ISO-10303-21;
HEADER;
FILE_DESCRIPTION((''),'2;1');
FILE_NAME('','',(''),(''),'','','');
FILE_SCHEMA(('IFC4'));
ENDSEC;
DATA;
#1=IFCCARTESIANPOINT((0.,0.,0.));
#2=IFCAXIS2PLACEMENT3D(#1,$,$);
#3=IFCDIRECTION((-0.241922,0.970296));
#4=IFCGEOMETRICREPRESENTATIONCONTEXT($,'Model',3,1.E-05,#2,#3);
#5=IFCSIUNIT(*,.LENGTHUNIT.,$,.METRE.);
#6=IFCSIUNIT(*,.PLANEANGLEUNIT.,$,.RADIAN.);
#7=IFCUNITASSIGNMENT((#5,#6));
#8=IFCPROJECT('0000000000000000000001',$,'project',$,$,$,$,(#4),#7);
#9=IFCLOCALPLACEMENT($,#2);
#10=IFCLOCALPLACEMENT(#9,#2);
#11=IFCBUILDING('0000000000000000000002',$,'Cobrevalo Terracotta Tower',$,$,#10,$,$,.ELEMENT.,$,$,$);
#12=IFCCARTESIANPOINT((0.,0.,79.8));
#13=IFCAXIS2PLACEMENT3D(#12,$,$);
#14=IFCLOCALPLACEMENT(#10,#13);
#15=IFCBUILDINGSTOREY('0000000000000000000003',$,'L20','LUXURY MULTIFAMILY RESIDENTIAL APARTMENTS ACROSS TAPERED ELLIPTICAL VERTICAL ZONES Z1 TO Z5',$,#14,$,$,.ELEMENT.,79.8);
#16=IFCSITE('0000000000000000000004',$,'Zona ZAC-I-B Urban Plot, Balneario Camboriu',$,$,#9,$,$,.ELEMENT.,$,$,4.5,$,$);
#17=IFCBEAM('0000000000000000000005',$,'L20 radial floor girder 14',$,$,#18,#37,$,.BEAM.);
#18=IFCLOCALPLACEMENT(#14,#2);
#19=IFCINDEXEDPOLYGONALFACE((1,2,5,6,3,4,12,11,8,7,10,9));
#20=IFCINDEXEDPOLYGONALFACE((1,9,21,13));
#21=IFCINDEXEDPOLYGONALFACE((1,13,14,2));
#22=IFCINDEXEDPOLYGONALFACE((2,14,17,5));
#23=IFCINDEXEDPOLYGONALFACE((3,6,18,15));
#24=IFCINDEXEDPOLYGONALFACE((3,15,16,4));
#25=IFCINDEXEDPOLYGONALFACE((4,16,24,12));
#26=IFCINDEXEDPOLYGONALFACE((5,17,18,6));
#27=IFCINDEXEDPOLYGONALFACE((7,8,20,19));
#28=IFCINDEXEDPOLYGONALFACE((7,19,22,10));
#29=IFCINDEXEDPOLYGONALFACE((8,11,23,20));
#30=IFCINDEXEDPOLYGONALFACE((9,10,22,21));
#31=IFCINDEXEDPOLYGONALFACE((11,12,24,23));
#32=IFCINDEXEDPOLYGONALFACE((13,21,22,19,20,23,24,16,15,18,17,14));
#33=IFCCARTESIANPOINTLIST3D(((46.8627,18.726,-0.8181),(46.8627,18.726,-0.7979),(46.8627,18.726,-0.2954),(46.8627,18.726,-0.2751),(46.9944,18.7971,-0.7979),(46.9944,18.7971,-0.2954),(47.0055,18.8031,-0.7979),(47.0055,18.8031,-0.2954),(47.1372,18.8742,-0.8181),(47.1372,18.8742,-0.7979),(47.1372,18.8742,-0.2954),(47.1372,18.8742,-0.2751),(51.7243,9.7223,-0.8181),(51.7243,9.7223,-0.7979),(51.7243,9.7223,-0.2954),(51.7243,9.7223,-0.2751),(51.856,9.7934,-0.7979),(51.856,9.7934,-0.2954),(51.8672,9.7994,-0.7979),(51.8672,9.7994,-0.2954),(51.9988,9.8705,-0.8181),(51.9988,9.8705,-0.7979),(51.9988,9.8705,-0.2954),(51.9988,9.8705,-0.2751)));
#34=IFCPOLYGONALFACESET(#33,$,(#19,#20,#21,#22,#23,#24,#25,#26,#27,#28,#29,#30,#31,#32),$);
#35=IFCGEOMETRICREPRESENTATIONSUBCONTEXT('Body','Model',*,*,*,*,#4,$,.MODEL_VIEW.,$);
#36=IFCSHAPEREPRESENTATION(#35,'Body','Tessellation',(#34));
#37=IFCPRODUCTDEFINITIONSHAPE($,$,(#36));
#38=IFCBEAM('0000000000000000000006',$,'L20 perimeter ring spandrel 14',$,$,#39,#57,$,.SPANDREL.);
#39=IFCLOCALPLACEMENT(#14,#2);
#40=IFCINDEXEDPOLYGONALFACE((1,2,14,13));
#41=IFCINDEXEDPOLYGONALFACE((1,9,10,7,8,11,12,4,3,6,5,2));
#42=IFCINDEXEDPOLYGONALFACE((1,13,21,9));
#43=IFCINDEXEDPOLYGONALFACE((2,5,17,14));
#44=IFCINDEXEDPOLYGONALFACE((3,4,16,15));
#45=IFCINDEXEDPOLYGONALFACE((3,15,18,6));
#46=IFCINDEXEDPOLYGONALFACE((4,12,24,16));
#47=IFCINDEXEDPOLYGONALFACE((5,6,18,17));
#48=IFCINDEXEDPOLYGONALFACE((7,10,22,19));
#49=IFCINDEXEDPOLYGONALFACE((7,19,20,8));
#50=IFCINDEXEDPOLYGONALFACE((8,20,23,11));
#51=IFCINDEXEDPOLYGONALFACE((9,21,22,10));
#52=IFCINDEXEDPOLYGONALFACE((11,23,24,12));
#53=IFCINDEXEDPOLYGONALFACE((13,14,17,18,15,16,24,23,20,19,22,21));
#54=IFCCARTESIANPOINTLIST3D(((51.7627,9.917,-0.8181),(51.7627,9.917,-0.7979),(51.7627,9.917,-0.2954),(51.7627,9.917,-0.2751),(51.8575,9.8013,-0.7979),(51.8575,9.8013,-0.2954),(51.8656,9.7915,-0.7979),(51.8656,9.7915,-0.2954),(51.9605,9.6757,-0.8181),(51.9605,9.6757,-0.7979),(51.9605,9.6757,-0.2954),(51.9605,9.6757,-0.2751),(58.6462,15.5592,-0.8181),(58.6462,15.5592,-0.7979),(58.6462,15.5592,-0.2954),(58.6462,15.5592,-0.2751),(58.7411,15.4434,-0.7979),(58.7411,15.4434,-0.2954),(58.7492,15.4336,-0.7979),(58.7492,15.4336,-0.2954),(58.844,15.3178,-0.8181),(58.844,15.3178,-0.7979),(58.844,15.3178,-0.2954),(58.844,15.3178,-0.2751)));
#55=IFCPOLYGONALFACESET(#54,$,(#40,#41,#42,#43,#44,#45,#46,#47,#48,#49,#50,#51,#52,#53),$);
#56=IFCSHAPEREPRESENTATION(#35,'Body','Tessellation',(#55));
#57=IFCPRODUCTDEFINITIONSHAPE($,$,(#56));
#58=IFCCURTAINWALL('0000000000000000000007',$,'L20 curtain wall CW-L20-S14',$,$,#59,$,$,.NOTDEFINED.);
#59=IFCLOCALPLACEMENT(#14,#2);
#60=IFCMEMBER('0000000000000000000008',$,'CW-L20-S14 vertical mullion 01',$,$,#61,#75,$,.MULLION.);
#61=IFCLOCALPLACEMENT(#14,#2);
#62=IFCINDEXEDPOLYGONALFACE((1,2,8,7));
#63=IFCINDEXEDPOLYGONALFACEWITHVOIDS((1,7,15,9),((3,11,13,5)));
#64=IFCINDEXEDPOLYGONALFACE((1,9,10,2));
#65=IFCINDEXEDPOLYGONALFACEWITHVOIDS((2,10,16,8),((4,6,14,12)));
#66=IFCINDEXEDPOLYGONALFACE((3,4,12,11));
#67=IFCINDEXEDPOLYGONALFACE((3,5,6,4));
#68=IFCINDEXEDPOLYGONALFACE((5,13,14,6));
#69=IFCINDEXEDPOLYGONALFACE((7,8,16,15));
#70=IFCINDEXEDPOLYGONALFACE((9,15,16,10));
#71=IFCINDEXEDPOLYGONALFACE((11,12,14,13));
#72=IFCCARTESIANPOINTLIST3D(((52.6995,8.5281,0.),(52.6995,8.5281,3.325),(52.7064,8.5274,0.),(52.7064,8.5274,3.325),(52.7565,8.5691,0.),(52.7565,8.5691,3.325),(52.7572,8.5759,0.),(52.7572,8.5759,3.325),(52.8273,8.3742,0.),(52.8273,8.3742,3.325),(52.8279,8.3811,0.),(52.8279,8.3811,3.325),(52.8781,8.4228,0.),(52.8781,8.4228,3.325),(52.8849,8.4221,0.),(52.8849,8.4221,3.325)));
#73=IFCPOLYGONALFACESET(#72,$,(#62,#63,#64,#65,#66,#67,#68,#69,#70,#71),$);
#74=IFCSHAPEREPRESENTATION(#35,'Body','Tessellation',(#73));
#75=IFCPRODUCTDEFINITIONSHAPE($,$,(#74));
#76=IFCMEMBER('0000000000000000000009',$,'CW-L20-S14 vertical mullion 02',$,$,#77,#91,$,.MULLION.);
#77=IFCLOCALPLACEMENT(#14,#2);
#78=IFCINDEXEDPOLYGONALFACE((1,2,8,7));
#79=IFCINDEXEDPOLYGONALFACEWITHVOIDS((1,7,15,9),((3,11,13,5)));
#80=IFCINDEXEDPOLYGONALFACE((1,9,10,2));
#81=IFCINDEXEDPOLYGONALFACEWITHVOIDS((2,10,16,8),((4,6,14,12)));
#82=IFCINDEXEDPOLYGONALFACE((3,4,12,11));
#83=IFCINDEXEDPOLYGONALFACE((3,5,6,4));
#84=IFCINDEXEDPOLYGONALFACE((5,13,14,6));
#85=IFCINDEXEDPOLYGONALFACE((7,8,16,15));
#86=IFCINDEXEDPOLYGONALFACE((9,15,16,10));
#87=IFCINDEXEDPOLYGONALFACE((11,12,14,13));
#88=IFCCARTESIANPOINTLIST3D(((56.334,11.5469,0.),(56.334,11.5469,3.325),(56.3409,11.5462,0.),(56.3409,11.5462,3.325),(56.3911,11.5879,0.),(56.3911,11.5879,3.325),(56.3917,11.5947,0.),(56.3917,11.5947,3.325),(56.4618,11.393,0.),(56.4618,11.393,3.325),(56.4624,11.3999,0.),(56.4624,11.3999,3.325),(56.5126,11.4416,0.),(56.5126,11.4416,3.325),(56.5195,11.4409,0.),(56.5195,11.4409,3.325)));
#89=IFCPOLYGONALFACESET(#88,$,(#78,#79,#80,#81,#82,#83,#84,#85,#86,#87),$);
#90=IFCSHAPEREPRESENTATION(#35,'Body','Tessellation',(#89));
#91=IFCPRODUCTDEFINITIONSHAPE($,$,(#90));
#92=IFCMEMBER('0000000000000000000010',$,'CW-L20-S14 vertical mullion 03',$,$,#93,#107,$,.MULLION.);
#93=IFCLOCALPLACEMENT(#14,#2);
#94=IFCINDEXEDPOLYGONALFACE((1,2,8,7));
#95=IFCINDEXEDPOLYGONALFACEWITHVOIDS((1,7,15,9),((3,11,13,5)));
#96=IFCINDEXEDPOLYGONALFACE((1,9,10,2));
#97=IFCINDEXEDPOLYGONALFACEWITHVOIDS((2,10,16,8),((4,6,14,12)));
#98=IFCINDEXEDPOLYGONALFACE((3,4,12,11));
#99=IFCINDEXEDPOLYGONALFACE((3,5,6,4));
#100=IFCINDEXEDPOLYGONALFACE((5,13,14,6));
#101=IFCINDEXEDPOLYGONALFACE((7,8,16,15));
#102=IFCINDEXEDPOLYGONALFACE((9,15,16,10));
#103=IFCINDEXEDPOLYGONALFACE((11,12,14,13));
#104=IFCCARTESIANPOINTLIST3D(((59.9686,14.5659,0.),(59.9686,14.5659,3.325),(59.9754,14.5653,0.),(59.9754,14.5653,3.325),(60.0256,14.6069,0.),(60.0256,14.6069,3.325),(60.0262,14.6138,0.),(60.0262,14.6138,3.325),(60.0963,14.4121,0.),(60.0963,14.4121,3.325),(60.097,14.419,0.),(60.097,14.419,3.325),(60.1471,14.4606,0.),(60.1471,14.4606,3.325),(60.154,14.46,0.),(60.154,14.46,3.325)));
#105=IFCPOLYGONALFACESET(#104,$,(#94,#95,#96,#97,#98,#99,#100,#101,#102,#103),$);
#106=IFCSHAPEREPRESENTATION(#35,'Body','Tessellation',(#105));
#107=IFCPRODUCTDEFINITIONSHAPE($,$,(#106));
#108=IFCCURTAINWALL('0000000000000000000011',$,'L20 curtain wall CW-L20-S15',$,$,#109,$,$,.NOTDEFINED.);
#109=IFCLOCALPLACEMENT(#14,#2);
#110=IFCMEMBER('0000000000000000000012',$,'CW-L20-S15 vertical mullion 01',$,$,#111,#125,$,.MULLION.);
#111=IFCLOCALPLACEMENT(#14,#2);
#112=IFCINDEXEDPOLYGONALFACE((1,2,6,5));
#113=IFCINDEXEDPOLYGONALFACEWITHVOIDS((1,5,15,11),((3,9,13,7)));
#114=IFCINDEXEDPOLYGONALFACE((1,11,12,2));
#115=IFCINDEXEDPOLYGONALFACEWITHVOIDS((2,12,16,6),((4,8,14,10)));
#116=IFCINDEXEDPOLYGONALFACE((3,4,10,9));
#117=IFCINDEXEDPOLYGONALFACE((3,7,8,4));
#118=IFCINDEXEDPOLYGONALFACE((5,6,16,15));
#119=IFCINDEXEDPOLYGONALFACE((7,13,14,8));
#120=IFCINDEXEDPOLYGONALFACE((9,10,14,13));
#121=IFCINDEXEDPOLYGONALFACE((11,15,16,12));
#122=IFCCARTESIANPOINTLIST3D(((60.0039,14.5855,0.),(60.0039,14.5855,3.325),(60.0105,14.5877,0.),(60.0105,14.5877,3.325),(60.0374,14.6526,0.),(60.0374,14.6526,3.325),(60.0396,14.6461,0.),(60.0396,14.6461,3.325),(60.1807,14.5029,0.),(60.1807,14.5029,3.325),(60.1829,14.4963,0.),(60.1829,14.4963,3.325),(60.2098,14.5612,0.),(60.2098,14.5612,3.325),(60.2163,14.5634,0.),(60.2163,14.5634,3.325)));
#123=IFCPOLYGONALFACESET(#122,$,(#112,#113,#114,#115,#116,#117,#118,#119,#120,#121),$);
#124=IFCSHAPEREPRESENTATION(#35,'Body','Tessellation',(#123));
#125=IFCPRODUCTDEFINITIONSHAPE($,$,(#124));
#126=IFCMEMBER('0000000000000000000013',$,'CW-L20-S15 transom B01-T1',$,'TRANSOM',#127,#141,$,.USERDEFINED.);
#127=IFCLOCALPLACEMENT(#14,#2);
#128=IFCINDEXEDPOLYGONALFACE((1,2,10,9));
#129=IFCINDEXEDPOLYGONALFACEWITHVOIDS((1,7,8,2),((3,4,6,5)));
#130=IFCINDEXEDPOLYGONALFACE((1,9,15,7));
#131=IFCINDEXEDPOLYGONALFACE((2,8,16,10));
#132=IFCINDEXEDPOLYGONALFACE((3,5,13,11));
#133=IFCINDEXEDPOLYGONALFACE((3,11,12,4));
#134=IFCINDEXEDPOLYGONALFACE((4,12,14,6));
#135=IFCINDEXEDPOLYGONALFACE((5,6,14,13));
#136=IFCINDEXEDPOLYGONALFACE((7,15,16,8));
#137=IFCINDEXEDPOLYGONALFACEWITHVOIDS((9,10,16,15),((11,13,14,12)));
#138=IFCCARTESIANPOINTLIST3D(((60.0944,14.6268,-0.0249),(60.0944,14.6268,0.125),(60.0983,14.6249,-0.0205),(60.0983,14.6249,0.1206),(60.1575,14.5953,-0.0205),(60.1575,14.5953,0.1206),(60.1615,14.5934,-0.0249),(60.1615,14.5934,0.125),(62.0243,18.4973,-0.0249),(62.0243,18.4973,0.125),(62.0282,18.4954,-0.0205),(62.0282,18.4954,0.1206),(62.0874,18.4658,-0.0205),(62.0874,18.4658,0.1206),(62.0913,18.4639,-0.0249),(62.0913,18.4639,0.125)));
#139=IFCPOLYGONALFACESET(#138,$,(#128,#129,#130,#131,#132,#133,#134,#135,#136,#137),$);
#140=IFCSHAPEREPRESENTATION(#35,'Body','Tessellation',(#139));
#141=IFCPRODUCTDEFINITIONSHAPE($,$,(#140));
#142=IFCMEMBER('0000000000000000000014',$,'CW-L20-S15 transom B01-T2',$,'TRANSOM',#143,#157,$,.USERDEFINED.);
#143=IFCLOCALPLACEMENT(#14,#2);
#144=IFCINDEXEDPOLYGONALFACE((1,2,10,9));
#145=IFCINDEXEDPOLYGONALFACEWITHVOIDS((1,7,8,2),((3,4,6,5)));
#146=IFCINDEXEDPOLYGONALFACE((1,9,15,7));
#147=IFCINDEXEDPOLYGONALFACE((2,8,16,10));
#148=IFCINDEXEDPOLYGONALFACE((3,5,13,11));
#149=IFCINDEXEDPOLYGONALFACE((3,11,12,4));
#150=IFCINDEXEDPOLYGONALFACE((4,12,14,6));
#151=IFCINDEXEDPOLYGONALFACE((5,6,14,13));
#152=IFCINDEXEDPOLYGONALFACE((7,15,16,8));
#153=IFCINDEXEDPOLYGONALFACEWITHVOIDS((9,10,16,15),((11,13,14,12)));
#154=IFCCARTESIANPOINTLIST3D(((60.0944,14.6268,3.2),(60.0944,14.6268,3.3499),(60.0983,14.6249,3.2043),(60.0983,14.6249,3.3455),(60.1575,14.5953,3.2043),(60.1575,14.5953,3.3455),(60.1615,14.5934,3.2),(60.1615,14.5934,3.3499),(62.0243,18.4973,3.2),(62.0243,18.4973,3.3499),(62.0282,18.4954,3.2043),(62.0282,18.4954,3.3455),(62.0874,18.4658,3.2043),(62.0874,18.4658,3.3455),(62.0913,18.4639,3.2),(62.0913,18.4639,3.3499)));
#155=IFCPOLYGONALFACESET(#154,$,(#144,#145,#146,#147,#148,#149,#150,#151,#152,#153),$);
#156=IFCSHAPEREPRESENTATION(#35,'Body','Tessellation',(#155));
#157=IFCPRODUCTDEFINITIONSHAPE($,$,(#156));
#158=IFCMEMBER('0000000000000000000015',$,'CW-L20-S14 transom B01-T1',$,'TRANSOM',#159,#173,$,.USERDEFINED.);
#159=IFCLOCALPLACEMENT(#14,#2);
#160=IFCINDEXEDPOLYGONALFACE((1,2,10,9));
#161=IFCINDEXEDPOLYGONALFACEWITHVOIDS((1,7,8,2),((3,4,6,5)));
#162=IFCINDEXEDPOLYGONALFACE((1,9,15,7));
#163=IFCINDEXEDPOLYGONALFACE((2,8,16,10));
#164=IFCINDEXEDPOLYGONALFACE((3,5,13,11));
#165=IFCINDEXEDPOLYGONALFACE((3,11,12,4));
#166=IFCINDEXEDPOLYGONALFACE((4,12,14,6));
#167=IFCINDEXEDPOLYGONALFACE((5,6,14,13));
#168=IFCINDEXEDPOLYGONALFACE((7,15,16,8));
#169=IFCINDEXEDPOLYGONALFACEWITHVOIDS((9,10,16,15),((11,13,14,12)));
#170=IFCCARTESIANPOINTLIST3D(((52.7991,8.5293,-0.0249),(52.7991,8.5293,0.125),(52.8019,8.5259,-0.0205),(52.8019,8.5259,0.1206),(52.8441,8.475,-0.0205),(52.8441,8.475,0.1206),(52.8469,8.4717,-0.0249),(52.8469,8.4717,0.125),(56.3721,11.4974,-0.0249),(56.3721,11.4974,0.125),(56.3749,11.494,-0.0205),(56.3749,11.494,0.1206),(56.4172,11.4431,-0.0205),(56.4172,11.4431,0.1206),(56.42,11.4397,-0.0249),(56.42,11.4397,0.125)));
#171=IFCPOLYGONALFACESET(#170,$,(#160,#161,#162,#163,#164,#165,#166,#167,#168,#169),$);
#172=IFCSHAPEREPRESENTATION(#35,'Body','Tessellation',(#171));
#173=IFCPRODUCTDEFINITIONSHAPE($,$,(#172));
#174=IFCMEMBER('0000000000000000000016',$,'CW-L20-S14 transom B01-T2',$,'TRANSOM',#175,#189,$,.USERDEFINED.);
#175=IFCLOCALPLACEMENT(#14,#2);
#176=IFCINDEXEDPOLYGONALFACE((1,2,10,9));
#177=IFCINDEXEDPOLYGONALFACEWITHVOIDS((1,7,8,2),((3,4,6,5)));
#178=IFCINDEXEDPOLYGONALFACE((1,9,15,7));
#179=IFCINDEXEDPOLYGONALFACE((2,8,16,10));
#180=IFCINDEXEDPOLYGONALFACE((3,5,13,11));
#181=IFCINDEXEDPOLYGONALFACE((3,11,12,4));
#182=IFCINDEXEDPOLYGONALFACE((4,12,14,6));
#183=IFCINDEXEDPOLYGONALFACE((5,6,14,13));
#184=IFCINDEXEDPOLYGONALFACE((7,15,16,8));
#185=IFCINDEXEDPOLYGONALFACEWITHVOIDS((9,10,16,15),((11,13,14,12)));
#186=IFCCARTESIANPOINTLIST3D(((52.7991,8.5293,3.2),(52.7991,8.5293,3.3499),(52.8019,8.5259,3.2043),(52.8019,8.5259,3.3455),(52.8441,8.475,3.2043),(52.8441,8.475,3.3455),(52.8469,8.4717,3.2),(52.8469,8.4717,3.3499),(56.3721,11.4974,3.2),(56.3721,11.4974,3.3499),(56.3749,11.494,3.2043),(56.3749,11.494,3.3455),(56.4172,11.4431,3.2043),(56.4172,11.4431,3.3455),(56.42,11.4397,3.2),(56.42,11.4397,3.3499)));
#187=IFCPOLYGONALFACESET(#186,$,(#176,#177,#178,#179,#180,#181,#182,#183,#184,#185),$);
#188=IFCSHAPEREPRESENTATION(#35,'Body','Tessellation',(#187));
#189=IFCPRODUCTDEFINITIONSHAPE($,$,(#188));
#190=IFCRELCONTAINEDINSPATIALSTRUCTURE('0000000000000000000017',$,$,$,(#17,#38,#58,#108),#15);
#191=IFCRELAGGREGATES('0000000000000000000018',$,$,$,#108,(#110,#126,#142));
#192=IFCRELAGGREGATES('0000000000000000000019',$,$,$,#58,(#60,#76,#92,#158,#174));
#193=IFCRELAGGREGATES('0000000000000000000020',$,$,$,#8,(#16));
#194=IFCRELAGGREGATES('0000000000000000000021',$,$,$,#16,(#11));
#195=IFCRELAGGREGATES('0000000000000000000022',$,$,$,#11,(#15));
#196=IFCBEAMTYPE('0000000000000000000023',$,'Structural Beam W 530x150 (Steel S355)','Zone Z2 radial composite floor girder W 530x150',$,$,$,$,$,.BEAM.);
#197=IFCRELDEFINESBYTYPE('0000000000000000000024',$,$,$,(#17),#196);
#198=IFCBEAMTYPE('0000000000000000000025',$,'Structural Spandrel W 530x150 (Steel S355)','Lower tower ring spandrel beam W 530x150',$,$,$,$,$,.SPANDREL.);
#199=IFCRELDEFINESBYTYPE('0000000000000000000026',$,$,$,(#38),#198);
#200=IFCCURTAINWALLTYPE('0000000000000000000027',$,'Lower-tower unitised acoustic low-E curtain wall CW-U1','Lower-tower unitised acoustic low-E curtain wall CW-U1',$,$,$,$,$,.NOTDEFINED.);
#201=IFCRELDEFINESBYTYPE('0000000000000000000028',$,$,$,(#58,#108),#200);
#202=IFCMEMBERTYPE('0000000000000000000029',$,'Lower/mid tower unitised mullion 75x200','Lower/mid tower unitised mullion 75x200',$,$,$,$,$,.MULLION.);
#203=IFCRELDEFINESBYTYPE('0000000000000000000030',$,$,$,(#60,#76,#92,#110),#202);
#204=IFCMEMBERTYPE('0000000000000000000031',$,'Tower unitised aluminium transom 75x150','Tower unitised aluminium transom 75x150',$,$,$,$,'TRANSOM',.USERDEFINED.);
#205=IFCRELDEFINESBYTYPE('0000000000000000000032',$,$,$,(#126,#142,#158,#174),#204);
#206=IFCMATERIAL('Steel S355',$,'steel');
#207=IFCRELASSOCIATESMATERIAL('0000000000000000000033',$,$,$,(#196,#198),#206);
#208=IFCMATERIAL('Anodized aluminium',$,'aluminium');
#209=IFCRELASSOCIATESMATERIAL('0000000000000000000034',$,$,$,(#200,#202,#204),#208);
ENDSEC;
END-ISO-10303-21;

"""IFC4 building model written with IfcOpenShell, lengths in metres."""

from ifc_helpers import new_model, si_unit, direction, frame, origin, origin_2d, place, context, subcontext, project, spatial, hollow_rectangle, i_section, extrude, source, transform, mapped, material, material_profile, profile_set, type_object, element, aggregate, save


model = new_model("IFC4")

# Units and contexts
model_context = context("Model", 3, precision=1e-05, world=origin(), true_north=direction((-0.241922, 0.970296)))
body_context = subcontext(model_context, "Body", "Model", "MODEL_VIEW")
ifc_project = project(units=[si_unit("LENGTHUNIT", "METRE"), si_unit("PLANEANGLEUNIT", "RADIAN")], contexts=[model_context])

# Site, building, storey
site_placement = place(None, origin())
site = spatial("IfcSite", under=ifc_project, at=site_placement, Name="Zona ZAC-I-B Urban Plot, Balneario Camboriu", CompositionType="ELEMENT", RefElevation=4.5)
building_placement = place(site_placement, origin())
building = spatial("IfcBuilding", under=site, at=building_placement, Name="Cobrevalo Terracotta Tower", CompositionType="ELEMENT")
storey_placement = place(building_placement, frame((0.0, 0.0, 79.8)))
storey = spatial("IfcBuildingStorey", under=building, at=storey_placement, Name="L20", Description="LUXURY MULTIFAMILY RESIDENTIAL APARTMENTS ACROSS TAPERED ELLIPTICAL VERTICAL ZONES Z1 TO Z5", CompositionType="ELEMENT", Elevation=79.8)

# Shared definitions
ifc_material_1 = material(Name="Steel S355", Category="steel")

# Beams
ifc_material_profile_1 = material_profile(ifc_material_1, i_section(OverallWidth=0.312, OverallDepth=0.543, WebThickness=0.0127, FlangeThickness=0.0203, at=origin_2d()), Name="W 530x150")
ifc_profile_set_1 = profile_set([ifc_material_profile_1], Name="Steel S355")
beam_type_1 = type_object("IfcBeamType", Name="Structural Beam W 530x150 (Steel S355)", Description="Zone Z2 radial composite floor girder W 530x150", PredefinedType="BEAM", material=ifc_profile_set_1)
beam_1_placement = place(storey_placement, frame((51.8616, 9.7964, -0.5466), z_axis=(-0.475118, 0.879922, 0.0), x_axis=(-0.879922, -0.475118, 0.0)))
element("IfcBeam", 1, at=beam_1_placement, inside=storey, type_object=beam_type_1, Name="L20 radial floor girder 14", PredefinedType="BEAM", context=body_context, shape_type="SweptSolid", body=[
    extrude(i_section(OverallWidth=0.312, OverallDepth=0.543, WebThickness=0.0127, FlangeThickness=0.0203, at=origin_2d()), origin(), (0.0, 0.0, 1.0), 10.2324),
])
ifc_material_profile_2 = material_profile(ifc_material_1, i_section(OverallWidth=0.312, OverallDepth=0.543, WebThickness=0.0127, FlangeThickness=0.0203, at=origin_2d()), Name="W 530x150")
ifc_profile_set_2 = profile_set([ifc_material_profile_2], Name="Steel S355")
beam_type_2 = type_object("IfcBeamType", Name="Structural Spandrel W 530x150 (Steel S355)", Description="Lower tower ring spandrel beam W 530x150", PredefinedType="SPANDREL", material=ifc_profile_set_2)
beam_2_placement = place(storey_placement, frame((51.8616, 9.7964, -0.5466), z_axis=(0.773401, 0.633917, 0.0), x_axis=(-0.633917, 0.773401, 0.0)))
element("IfcBeam", 2, at=beam_2_placement, inside=storey, type_object=beam_type_2, Name="L20 perimeter ring spandrel 14", PredefinedType="SPANDREL", context=body_context, shape_type="SweptSolid", body=[
    extrude(i_section(OverallWidth=0.312, OverallDepth=0.543, WebThickness=0.0127, FlangeThickness=0.0203, at=origin_2d()), origin(), (0.0, 0.0, 1.0), 8.9004),
])

# Curtain walls, members
ifc_material_2 = material(Name="Anodized aluminium", Category="aluminium")
curtain_wall_type = type_object("IfcCurtainWallType", Name="Lower-tower unitised acoustic low-E curtain wall CW-U1", Description="Lower-tower unitised acoustic low-E curtain wall CW-U1", PredefinedType="NOTDEFINED", material=ifc_material_2)
curtain_wall_1_placement = place(storey_placement, origin())
curtain_wall_1 = element("IfcCurtainWall", 3, at=curtain_wall_1_placement, inside=storey, type_object=curtain_wall_type, Name="L20 curtain wall CW-L20-S14", PredefinedType="NOTDEFINED")
ifc_material_profile_3 = material_profile(ifc_material_2, hollow_rectangle(XDim=0.075, YDim=0.2, WallThickness=0.0049, at=origin_2d()), Name="CWM 75x200")
ifc_profile_set_3 = profile_set([ifc_material_profile_3], Name="Anodized aluminium")
member_type_1 = type_object("IfcMemberType", Name="Lower/mid tower unitised mullion 75x200", Description="Lower/mid tower unitised mullion 75x200", PredefinedType="MULLION", material=ifc_profile_set_3)
shared_shape_1 = source(origin(), body_context, "Body", "SweptSolid", [
    extrude(hollow_rectangle(XDim=0.075, YDim=0.2, WallThickness=0.0049, at=origin_2d()), origin(), (0.0, 0.0, 1.0), 3.325),
])
member_1_placement = place(storey_placement, frame((52.7922, 8.4751, 0.0), z_axis=(0.0, 0.0, 1.0), x_axis=(0.769243, 0.638956, 0.0)))
member_1 = element("IfcMember", 4, at=member_1_placement, type_object=member_type_1, Name="CW-L20-S14 vertical mullion 01", PredefinedType="MULLION", context=body_context, shape_type="MappedRepresentation", body=[
    mapped(shared_shape_1, transform((0.0, 0.0, 0.0), scale=1.0)),
])
member_2_placement = place(storey_placement, frame((56.4268, 11.4939, 0.0), z_axis=(0.0, 0.0, 1.0), x_axis=(0.769243, 0.638956, 0.0)))
member_2 = element("IfcMember", 5, at=member_2_placement, type_object=member_type_1, Name="CW-L20-S14 vertical mullion 02", PredefinedType="MULLION", context=body_context, shape_type="MappedRepresentation", body=[
    mapped(shared_shape_1, transform((0.0, 0.0, 0.0), scale=1.0)),
])
member_3_placement = place(storey_placement, frame((60.0613, 14.5129, 0.0), z_axis=(0.0, 0.0, 1.0), x_axis=(0.769243, 0.638956, 0.0)))
member_3 = element("IfcMember", 6, at=member_3_placement, type_object=member_type_1, Name="CW-L20-S14 vertical mullion 03", PredefinedType="MULLION", context=body_context, shape_type="MappedRepresentation", body=[
    mapped(shared_shape_1, transform((0.0, 0.0, 0.0), scale=1.0)),
])
curtain_wall_2_placement = place(storey_placement, origin())
curtain_wall_2 = element("IfcCurtainWall", 7, at=curtain_wall_2_placement, inside=storey, type_object=curtain_wall_type, Name="L20 curtain wall CW-L20-S15", PredefinedType="NOTDEFINED")
member_4_placement = place(storey_placement, frame((60.1101, 14.5745, 0.0), z_axis=(0.0, 0.0, 1.0), x_axis=(0.44626, 0.894903, 0.0)))
member_4 = element("IfcMember", 8, at=member_4_placement, type_object=member_type_1, Name="CW-L20-S15 vertical mullion 01", PredefinedType="MULLION", context=body_context, shape_type="MappedRepresentation", body=[
    mapped(shared_shape_1, transform((0.0, 0.0, 0.0), scale=1.0)),
])
ifc_material_profile_4 = material_profile(ifc_material_2, hollow_rectangle(XDim=0.075, YDim=0.1499, WallThickness=0.0044, at=origin_2d()), Name="CWT 75x150")
ifc_profile_set_4 = profile_set([ifc_material_profile_4], Name="Anodized aluminium")
member_type_2 = type_object("IfcMemberType", Name="Tower unitised aluminium transom 75x150", Description="Tower unitised aluminium transom 75x150", ElementType="TRANSOM", PredefinedType="USERDEFINED", material=ifc_profile_set_4)
shared_shape_2 = source(origin(), body_context, "Body", "SweptSolid", [
    extrude(hollow_rectangle(XDim=0.075, YDim=0.1499, WallThickness=0.0044, at=origin_2d()), origin(), (0.0, 0.0, 1.0), 4.325),
])
member_5_placement = place(storey_placement, frame((60.1279, 14.6101, 0.05), z_axis=(0.44622, 0.894923, 0.0), x_axis=(-0.894923, 0.44622, 0.0)))
member_5 = element("IfcMember", 9, at=member_5_placement, type_object=member_type_2, Name="CW-L20-S15 transom B01-T1", ObjectType="TRANSOM", PredefinedType="USERDEFINED", context=body_context, shape_type="MappedRepresentation", body=[
    mapped(shared_shape_2, transform((0.0, 0.0, 0.0), scale=1.0)),
])
member_6_placement = place(storey_placement, frame((60.1279, 14.6101, 3.2749), z_axis=(0.44622, 0.894923, 0.0), x_axis=(-0.894923, 0.44622, 0.0)))
member_6 = element("IfcMember", 10, at=member_6_placement, type_object=member_type_2, Name="CW-L20-S15 transom B01-T2", ObjectType="TRANSOM", PredefinedType="USERDEFINED", context=body_context, shape_type="MappedRepresentation", body=[
    mapped(shared_shape_2, transform((0.0, 0.0, 0.0), scale=1.0)),
])
aggregate(curtain_wall_2, [member_4, member_5, member_6])

# Members
shared_shape_3 = source(origin(), body_context, "Body", "SweptSolid", [
    extrude(hollow_rectangle(XDim=0.075, YDim=0.1499, WallThickness=0.0044, at=origin_2d()), origin(), (0.0, 0.0, 1.0), 4.645),
])
member_7_placement = place(storey_placement, frame((52.823, 8.5005, 0.05), z_axis=(0.769224, 0.638979, 0.0), x_axis=(-0.638979, 0.769224, 0.0)))
member_7 = element("IfcMember", 11, at=member_7_placement, type_object=member_type_2, Name="CW-L20-S14 transom B01-T1", ObjectType="TRANSOM", PredefinedType="USERDEFINED", context=body_context, shape_type="MappedRepresentation", body=[
    mapped(shared_shape_3, transform((0.0, 0.0, 0.0), scale=1.0)),
])
member_8_placement = place(storey_placement, frame((52.823, 8.5005, 3.2749), z_axis=(0.769224, 0.638979, 0.0), x_axis=(-0.638979, 0.769224, 0.0)))
member_8 = element("IfcMember", 12, at=member_8_placement, type_object=member_type_2, Name="CW-L20-S14 transom B01-T2", ObjectType="TRANSOM", PredefinedType="USERDEFINED", context=body_context, shape_type="MappedRepresentation", body=[
    mapped(shared_shape_3, transform((0.0, 0.0, 0.0), scale=1.0)),
])

aggregate(curtain_wall_1, [member_1, member_2, member_3, member_7, member_8])

save(model, "model.ifc")
